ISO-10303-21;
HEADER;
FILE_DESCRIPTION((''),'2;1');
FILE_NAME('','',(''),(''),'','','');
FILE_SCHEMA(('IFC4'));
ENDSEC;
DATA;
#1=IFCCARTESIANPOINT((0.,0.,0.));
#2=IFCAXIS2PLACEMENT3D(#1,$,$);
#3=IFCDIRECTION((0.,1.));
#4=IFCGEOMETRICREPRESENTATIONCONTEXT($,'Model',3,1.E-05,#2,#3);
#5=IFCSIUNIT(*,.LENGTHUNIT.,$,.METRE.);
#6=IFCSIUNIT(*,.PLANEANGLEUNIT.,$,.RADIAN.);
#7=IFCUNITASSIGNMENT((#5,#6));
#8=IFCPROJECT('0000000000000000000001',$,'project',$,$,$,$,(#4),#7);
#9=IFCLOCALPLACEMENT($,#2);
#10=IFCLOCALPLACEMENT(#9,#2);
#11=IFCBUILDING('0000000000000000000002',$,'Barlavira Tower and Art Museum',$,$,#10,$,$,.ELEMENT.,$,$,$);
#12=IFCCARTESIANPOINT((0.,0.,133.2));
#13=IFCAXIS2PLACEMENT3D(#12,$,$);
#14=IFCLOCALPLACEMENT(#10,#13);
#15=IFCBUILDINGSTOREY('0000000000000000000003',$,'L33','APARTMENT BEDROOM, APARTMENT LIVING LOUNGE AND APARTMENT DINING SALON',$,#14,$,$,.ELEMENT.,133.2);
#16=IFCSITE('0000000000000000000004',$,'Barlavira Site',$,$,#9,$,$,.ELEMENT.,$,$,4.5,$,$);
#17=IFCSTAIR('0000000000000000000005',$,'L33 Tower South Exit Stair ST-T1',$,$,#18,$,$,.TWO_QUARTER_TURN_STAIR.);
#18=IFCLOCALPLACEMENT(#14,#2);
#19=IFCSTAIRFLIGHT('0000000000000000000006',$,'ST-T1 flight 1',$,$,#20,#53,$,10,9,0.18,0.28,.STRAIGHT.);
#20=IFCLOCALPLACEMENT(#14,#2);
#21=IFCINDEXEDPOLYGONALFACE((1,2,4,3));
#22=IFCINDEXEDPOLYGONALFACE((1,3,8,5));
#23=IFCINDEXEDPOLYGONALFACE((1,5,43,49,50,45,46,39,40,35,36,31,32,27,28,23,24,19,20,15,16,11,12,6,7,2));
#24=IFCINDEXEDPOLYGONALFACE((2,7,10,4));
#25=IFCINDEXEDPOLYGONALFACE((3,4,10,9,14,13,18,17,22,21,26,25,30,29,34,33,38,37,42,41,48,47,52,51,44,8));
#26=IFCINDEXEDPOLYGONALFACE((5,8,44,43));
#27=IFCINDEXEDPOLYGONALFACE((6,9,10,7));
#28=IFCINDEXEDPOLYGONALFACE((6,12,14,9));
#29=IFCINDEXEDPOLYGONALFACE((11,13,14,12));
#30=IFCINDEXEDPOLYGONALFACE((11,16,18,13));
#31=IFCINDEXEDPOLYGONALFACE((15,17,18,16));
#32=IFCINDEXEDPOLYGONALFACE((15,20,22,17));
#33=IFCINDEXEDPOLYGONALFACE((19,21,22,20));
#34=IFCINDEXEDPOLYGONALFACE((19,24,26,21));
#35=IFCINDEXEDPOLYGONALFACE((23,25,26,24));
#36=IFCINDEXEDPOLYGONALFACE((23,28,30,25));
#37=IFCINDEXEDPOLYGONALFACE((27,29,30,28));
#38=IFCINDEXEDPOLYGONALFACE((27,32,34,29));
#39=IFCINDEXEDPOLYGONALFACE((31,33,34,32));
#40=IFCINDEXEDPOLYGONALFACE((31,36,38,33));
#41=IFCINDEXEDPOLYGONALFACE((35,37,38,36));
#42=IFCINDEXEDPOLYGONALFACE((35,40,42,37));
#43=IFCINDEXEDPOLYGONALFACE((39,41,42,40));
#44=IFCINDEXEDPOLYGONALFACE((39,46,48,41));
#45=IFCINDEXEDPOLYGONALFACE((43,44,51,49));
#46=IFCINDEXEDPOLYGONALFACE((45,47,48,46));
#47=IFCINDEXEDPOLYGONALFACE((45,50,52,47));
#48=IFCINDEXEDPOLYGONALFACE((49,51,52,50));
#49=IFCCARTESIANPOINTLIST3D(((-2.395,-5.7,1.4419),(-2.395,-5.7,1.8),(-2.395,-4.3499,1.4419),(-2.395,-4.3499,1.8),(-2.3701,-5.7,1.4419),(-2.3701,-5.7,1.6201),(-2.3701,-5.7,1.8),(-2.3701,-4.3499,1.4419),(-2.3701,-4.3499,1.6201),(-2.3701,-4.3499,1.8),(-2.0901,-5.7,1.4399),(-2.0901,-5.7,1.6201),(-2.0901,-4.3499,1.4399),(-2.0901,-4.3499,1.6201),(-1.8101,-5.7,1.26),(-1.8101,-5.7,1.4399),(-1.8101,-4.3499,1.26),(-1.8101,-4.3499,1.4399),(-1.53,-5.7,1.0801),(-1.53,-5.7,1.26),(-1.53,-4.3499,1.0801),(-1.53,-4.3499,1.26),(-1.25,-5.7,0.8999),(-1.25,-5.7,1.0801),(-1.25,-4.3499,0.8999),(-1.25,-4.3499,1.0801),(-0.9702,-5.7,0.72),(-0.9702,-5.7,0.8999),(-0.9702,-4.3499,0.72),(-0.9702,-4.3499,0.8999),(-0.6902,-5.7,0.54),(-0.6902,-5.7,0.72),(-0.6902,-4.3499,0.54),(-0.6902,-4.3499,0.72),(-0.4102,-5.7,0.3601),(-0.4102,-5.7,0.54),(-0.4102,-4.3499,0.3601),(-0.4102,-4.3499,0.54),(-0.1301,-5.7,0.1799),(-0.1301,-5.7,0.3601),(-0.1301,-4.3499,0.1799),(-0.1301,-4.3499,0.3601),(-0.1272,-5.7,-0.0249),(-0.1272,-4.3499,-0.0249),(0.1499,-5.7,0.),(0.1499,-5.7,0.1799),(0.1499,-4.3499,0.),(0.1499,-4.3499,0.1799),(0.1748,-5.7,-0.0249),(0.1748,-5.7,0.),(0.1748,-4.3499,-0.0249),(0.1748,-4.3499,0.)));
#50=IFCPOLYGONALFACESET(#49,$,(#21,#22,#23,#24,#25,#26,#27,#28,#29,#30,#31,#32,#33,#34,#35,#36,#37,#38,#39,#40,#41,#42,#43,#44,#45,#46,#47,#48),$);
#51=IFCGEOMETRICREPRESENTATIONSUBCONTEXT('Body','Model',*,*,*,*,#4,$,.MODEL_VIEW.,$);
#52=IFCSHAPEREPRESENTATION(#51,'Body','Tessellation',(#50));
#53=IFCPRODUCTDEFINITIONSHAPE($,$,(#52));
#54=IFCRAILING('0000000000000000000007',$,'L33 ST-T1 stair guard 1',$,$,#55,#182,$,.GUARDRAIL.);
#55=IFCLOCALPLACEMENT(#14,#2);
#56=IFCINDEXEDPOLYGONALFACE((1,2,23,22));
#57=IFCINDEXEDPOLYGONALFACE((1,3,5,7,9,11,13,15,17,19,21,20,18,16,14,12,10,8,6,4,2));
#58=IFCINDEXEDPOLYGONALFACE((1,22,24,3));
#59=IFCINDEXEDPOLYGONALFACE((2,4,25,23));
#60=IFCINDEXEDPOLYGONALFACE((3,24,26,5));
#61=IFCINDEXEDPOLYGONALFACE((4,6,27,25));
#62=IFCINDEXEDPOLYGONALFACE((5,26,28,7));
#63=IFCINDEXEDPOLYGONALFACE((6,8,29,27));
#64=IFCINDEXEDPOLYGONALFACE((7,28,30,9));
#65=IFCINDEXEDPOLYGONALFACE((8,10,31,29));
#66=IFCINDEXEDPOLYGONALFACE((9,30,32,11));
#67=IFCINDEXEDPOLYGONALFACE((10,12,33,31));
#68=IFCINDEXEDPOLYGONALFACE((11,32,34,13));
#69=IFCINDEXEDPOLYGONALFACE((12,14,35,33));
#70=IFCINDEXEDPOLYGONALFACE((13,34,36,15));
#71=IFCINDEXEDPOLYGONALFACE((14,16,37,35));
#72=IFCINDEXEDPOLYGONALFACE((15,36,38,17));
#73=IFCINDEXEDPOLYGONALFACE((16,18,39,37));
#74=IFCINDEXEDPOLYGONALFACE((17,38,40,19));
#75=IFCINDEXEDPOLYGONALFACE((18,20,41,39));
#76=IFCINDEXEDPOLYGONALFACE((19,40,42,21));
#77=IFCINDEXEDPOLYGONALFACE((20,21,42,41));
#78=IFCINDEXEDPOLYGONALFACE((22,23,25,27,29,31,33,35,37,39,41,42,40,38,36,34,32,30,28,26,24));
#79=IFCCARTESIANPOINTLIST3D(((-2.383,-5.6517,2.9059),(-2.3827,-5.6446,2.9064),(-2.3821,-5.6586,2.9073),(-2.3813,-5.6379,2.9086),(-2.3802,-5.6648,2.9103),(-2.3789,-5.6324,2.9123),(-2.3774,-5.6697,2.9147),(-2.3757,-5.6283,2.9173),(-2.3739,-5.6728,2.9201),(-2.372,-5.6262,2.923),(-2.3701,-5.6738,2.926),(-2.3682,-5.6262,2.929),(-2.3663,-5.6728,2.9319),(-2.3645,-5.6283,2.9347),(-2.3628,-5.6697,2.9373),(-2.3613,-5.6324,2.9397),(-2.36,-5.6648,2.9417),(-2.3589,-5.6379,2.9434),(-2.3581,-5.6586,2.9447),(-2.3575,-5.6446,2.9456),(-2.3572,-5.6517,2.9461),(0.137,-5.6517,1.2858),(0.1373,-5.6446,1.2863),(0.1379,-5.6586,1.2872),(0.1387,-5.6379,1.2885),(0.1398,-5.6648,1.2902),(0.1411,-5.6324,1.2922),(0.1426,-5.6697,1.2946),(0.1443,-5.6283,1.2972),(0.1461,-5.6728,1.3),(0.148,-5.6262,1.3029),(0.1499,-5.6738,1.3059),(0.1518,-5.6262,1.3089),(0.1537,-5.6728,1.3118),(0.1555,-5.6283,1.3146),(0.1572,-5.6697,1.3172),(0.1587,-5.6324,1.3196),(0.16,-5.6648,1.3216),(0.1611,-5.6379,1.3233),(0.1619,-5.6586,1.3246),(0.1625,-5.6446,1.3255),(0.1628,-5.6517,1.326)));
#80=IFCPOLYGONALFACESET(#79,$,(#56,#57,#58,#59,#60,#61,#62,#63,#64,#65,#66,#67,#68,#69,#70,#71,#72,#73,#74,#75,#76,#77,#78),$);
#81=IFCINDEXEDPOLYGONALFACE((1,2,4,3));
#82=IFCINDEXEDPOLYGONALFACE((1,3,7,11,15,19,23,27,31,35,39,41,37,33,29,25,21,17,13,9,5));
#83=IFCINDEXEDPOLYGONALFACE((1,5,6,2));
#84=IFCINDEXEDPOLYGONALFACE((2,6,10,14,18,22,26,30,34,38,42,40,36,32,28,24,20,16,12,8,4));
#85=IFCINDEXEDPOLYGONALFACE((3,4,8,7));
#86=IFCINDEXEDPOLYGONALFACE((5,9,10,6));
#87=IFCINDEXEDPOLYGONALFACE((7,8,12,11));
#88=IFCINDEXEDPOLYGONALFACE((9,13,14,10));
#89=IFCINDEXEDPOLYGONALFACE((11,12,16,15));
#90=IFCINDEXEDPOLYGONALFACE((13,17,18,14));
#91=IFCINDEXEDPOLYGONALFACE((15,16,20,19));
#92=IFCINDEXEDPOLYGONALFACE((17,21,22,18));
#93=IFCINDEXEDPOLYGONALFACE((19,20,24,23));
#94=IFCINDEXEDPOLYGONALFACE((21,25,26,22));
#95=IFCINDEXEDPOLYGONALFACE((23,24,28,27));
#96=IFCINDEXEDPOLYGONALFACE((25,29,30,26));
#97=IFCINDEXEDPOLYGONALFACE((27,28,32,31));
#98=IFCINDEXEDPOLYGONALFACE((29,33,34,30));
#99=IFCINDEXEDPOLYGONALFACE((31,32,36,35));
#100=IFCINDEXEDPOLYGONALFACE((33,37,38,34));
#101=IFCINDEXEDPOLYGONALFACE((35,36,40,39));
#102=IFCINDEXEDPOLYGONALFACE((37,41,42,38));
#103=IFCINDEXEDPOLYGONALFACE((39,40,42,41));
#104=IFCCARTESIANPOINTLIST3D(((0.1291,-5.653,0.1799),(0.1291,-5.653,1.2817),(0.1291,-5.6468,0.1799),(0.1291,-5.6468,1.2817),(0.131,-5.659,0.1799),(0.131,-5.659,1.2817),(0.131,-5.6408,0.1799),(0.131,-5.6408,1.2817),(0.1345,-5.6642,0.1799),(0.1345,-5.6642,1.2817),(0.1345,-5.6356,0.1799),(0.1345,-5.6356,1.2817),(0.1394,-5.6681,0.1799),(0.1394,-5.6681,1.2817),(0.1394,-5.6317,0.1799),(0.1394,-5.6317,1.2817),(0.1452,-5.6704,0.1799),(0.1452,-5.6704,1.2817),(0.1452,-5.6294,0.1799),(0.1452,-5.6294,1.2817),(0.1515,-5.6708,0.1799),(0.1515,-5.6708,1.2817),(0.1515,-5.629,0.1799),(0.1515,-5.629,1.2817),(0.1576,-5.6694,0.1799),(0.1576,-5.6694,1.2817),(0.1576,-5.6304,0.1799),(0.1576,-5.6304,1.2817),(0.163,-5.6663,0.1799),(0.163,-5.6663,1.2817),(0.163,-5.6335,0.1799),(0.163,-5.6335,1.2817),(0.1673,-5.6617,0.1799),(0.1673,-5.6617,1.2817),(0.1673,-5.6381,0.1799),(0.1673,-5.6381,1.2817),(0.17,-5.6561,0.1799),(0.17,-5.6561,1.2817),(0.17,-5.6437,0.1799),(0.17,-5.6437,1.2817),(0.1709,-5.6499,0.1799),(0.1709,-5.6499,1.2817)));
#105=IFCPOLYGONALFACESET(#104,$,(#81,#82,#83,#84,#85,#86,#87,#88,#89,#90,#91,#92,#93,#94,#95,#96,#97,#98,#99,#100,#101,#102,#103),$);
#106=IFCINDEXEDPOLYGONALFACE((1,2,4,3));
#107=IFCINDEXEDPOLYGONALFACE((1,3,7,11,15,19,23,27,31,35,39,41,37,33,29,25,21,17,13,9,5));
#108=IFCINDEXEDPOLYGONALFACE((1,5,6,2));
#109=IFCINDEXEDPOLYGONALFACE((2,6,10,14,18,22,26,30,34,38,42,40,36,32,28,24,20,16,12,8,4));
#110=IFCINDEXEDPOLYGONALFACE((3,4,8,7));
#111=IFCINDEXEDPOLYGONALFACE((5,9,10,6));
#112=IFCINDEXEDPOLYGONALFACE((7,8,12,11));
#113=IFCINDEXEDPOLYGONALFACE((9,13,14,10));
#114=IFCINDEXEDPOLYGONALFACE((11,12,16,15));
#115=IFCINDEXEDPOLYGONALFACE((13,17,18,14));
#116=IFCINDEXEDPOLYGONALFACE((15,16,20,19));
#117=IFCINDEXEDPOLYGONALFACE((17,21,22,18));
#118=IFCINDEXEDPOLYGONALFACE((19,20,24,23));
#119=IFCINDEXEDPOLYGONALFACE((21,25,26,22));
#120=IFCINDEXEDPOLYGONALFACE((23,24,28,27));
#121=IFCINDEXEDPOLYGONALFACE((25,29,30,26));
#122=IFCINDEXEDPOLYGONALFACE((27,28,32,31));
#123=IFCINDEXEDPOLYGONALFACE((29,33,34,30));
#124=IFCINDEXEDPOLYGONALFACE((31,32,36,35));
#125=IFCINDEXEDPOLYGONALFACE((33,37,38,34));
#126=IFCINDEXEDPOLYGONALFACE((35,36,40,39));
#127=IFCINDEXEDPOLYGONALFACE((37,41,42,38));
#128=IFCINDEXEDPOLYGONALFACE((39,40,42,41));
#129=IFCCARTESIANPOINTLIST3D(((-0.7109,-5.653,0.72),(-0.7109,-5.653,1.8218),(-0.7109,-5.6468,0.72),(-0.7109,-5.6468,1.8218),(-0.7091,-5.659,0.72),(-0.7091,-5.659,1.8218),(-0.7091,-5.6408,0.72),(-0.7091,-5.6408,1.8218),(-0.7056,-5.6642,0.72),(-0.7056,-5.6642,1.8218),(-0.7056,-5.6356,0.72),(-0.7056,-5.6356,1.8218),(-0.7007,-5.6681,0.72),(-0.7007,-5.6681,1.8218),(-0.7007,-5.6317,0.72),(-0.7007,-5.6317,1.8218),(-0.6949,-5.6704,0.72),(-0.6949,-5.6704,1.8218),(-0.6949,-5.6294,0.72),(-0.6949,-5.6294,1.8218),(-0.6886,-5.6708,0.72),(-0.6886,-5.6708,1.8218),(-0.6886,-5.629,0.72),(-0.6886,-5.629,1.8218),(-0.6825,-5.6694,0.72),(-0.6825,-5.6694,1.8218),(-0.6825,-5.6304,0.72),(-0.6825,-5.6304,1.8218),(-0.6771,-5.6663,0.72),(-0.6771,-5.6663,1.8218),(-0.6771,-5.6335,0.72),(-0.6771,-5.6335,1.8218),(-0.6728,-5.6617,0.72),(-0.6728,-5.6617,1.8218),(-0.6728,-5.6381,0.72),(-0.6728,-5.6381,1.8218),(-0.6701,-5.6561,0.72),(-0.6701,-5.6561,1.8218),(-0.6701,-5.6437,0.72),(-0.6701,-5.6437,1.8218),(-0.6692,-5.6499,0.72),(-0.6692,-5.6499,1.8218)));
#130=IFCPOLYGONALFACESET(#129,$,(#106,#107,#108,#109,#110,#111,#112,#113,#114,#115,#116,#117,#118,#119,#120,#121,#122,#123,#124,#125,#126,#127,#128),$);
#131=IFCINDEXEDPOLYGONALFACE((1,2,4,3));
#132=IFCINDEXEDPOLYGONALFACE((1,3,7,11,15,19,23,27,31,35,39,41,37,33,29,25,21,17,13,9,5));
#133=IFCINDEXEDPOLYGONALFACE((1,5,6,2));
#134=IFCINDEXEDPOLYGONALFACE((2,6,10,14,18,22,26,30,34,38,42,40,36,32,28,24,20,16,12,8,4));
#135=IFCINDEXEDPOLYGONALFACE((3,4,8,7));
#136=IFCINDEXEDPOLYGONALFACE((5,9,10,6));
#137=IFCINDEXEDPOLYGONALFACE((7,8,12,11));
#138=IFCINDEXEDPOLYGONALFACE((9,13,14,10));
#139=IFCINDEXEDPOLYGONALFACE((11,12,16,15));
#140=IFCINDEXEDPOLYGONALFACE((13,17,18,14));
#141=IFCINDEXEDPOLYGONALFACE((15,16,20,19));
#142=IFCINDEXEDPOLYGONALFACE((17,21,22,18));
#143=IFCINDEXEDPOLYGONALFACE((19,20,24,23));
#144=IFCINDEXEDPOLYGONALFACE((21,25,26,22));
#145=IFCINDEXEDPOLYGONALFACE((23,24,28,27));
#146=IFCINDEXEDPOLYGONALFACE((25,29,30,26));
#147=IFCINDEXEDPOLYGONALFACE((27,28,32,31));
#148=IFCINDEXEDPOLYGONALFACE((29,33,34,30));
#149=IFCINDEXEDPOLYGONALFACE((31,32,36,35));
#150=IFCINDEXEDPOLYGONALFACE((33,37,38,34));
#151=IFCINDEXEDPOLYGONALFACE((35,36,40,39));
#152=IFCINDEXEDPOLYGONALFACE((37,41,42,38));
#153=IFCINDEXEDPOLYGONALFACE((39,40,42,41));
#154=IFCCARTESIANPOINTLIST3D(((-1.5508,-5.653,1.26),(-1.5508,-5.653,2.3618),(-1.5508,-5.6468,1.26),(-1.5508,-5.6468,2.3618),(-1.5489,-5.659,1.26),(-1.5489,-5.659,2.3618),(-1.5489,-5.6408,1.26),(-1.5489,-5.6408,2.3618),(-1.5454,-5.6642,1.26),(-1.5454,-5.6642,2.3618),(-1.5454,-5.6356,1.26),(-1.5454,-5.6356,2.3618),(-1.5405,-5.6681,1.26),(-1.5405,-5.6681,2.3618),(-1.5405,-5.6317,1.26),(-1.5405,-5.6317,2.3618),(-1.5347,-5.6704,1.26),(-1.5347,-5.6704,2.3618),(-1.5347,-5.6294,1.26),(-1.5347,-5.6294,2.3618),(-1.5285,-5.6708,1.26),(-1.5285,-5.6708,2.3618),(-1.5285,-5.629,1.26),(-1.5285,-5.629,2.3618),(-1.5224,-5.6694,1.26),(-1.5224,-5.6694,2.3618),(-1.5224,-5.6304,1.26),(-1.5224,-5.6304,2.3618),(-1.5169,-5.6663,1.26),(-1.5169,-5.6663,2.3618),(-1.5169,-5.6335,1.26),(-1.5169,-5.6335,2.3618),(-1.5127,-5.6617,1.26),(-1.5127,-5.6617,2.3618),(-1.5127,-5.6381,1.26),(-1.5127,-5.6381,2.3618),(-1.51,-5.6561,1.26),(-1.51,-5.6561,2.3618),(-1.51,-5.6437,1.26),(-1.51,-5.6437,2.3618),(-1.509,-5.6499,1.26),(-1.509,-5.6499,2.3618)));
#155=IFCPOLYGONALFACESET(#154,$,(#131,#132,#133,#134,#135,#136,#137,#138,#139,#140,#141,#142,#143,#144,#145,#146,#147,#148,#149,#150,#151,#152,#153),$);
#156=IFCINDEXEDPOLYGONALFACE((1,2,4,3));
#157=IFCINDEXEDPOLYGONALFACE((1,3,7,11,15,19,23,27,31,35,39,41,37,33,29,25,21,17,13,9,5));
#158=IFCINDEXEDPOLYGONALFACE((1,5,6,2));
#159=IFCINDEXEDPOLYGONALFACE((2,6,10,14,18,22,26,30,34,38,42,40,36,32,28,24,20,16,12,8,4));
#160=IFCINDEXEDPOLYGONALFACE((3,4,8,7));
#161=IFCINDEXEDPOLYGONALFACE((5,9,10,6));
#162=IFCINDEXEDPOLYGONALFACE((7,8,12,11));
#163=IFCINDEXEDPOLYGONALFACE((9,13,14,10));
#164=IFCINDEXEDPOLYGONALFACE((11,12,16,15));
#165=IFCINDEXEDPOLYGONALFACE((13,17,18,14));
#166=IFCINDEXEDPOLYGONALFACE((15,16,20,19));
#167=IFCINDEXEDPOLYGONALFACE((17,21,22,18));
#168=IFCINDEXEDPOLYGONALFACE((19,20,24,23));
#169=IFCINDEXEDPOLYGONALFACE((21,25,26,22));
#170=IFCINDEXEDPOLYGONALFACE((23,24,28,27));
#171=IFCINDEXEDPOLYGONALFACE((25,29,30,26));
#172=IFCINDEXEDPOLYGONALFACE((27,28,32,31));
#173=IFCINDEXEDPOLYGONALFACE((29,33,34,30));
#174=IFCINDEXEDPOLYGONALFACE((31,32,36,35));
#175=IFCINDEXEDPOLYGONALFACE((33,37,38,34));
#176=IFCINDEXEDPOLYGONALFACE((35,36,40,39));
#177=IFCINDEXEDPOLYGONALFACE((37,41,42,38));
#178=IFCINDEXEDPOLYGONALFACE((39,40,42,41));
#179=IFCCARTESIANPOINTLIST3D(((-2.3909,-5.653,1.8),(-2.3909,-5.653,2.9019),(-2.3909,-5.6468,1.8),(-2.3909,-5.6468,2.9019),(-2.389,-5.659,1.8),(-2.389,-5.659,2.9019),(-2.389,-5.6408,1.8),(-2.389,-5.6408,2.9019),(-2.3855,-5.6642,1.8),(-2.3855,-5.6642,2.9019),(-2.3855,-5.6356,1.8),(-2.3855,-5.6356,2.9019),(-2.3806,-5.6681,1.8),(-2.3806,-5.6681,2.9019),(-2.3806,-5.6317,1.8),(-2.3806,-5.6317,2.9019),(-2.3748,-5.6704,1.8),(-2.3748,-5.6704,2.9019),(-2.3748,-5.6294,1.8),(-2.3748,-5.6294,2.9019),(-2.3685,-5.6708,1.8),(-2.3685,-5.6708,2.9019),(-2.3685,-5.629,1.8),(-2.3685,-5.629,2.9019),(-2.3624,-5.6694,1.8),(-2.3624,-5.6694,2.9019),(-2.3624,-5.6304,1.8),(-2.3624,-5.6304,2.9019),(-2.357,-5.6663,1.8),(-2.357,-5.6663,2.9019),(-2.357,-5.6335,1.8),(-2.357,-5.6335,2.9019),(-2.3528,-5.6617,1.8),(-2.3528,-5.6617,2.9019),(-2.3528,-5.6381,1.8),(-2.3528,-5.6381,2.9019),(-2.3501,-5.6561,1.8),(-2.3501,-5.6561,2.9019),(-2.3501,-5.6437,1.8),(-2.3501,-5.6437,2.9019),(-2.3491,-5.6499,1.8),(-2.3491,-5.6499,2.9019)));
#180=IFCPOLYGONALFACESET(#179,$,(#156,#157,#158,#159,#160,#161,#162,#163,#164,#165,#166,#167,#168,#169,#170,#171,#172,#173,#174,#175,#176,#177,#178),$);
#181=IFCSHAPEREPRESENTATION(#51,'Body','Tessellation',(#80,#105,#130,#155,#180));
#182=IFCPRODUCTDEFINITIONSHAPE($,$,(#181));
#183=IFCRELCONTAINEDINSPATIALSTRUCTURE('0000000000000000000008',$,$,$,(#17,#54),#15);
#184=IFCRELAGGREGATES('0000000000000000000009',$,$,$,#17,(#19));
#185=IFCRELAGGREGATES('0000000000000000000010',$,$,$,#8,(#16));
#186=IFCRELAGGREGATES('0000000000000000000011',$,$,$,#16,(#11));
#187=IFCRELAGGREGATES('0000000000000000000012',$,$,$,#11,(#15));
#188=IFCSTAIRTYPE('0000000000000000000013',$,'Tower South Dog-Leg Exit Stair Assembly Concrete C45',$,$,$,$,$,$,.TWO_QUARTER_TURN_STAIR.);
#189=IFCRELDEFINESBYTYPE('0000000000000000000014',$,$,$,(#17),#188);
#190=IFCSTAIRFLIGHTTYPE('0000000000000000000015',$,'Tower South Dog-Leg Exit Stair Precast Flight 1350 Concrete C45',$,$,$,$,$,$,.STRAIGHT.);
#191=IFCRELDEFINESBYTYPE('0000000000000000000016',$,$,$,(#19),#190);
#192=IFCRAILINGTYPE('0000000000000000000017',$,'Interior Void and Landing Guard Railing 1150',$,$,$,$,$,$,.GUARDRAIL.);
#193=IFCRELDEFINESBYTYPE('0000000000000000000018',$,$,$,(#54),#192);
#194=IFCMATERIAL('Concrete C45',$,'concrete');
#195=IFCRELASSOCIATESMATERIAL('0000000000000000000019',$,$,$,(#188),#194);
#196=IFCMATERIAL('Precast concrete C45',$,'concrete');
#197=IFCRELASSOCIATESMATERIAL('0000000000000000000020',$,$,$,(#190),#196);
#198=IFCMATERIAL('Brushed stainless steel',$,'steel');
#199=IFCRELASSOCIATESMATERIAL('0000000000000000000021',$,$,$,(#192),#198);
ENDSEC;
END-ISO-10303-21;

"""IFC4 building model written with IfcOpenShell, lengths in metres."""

from ifc_helpers import new_model, si_unit, direction, frame, origin, origin_2d, place, context, subcontext, project, spatial, polyline, circle, outline, extrude, material, type_object, element, aggregate, save


model = new_model("IFC4")

# Units and contexts
model_context = context("Model", 3, precision=1e-05, world=origin(), true_north=direction((0.0, 1.0)))
body_context = subcontext(model_context, "Body", "Model", "MODEL_VIEW")
ifc_project = project(units=[si_unit("LENGTHUNIT", "METRE"), si_unit("PLANEANGLEUNIT", "RADIAN")], contexts=[model_context])

# Site, building, storey
site_placement = place(None, origin())
site = spatial("IfcSite", under=ifc_project, at=site_placement, Name="Barlavira Site", CompositionType="ELEMENT", RefElevation=4.5)
building_placement = place(site_placement, origin())
building = spatial("IfcBuilding", under=site, at=building_placement, Name="Barlavira Tower and Art Museum", CompositionType="ELEMENT")
storey_placement = place(building_placement, frame((0.0, 0.0, 133.2)))
storey = spatial("IfcBuildingStorey", under=building, at=storey_placement, Name="L33", Description="APARTMENT BEDROOM, APARTMENT LIVING LOUNGE AND APARTMENT DINING SALON", CompositionType="ELEMENT", Elevation=133.2)

# Shared definitions
ifc_material_1 = material(Name="Brushed stainless steel", Category="steel")

# Stair, stair flight
ifc_material_2 = material(Name="Concrete C45", Category="concrete")
stair_type = type_object("IfcStairType", Name="Tower South Dog-Leg Exit Stair Assembly Concrete C45", PredefinedType="TWO_QUARTER_TURN_STAIR", material=ifc_material_2)
stair_placement = place(storey_placement, origin())
stair = element("IfcStair", 1, at=stair_placement, inside=storey, type_object=stair_type, Name="L33 Tower South Exit Stair ST-T1", PredefinedType="TWO_QUARTER_TURN_STAIR")
ifc_material_3 = material(Name="Precast concrete C45", Category="concrete")
stair_flight_type = type_object("IfcStairFlightType", Name="Tower South Dog-Leg Exit Stair Precast Flight 1350 Concrete C45", PredefinedType="STRAIGHT", material=ifc_material_3)
stair_flight_placement = place(storey_placement, frame((0.1499, -5.0249, 0.0), z_axis=(0.0, 0.0, 1.0), x_axis=(-1.0, 0.0, 0.0)))
stair_flight = element("IfcStairFlight", 2, at=stair_flight_placement, type_object=stair_flight_type, Name="ST-T1 flight 1", NumberOfRisers=10, NumberOfTreads=9, PredefinedType="STRAIGHT", RiserHeight=0.18, TreadLength=0.28, context=body_context, shape_type="SweptSolid", body=[
    extrude(outline(polyline([(-0.0249, 0.0), (0.0, 0.0), (0.0, 0.1799), (0.28, 0.1799), (0.28, 0.3601), (0.5601, 0.3601), (0.5601, 0.54), (0.8401, 0.54), (0.8401, 0.72), (1.1201, 0.72), (1.1201, 0.8999), (1.3999, 0.8999), (1.3999, 1.0801), (1.6799, 1.0801), (1.6799, 1.26), (1.96, 1.26), (1.96, 1.4399), (2.24, 1.4399), (2.24, 1.6201), (2.52, 1.6201), (2.52, 1.8), (2.5449, 1.8), (2.5449, 1.4419), (2.52, 1.4419), (0.2771, -0.0249), (-0.0249, -0.0249), (-0.0249, 0.0)])), frame((0.0, 0.675, 0.0), z_axis=(0.0, -1.0, 0.0), x_axis=(1.0, 0.0, 0.0)), (0.0, 0.0, 1.0), 1.3501),
])
aggregate(stair, [stair_flight])

# Railing
railing_type_1 = type_object("IfcRailingType", Name="Interior Void and Landing Guard Railing 1150", PredefinedType="GUARDRAIL", material=ifc_material_1)
railing_1_placement = place(storey_placement, frame((0.1499, -5.6499, 0.1799)))
element("IfcRailing", 3, at=railing_1_placement, inside=storey, type_object=railing_type_1, Name="L33 ST-T1 stair guard 1", PredefinedType="GUARDRAIL", context=body_context, shape_type="SweptSolid", body=[
    extrude(circle(Radius=0.0239, at=origin_2d()), frame((0.0, 0.0, 1.126), z_axis=(-0.841163, 0.0, 0.540782), x_axis=(0.0, -1.0, 0.0)), (0.0, 0.0, 1.0), 2.9958),
    extrude(circle(Radius=0.021, at=origin_2d()), origin(), (0.0, 0.0, 1.0), 1.1018),
    extrude(circle(Radius=0.021, at=origin_2d()), frame((-0.8401, 0.0, 0.54)), (0.0, 0.0, 1.0), 1.1018),
    extrude(circle(Radius=0.021, at=origin_2d()), frame((-1.6799, 0.0, 1.0801)), (0.0, 0.0, 1.0), 1.1018),
    extrude(circle(Radius=0.021, at=origin_2d()), frame((-2.52, 0.0, 1.6201)), (0.0, 0.0, 1.0), 1.1018),
])

save(model, "model.ifc")
